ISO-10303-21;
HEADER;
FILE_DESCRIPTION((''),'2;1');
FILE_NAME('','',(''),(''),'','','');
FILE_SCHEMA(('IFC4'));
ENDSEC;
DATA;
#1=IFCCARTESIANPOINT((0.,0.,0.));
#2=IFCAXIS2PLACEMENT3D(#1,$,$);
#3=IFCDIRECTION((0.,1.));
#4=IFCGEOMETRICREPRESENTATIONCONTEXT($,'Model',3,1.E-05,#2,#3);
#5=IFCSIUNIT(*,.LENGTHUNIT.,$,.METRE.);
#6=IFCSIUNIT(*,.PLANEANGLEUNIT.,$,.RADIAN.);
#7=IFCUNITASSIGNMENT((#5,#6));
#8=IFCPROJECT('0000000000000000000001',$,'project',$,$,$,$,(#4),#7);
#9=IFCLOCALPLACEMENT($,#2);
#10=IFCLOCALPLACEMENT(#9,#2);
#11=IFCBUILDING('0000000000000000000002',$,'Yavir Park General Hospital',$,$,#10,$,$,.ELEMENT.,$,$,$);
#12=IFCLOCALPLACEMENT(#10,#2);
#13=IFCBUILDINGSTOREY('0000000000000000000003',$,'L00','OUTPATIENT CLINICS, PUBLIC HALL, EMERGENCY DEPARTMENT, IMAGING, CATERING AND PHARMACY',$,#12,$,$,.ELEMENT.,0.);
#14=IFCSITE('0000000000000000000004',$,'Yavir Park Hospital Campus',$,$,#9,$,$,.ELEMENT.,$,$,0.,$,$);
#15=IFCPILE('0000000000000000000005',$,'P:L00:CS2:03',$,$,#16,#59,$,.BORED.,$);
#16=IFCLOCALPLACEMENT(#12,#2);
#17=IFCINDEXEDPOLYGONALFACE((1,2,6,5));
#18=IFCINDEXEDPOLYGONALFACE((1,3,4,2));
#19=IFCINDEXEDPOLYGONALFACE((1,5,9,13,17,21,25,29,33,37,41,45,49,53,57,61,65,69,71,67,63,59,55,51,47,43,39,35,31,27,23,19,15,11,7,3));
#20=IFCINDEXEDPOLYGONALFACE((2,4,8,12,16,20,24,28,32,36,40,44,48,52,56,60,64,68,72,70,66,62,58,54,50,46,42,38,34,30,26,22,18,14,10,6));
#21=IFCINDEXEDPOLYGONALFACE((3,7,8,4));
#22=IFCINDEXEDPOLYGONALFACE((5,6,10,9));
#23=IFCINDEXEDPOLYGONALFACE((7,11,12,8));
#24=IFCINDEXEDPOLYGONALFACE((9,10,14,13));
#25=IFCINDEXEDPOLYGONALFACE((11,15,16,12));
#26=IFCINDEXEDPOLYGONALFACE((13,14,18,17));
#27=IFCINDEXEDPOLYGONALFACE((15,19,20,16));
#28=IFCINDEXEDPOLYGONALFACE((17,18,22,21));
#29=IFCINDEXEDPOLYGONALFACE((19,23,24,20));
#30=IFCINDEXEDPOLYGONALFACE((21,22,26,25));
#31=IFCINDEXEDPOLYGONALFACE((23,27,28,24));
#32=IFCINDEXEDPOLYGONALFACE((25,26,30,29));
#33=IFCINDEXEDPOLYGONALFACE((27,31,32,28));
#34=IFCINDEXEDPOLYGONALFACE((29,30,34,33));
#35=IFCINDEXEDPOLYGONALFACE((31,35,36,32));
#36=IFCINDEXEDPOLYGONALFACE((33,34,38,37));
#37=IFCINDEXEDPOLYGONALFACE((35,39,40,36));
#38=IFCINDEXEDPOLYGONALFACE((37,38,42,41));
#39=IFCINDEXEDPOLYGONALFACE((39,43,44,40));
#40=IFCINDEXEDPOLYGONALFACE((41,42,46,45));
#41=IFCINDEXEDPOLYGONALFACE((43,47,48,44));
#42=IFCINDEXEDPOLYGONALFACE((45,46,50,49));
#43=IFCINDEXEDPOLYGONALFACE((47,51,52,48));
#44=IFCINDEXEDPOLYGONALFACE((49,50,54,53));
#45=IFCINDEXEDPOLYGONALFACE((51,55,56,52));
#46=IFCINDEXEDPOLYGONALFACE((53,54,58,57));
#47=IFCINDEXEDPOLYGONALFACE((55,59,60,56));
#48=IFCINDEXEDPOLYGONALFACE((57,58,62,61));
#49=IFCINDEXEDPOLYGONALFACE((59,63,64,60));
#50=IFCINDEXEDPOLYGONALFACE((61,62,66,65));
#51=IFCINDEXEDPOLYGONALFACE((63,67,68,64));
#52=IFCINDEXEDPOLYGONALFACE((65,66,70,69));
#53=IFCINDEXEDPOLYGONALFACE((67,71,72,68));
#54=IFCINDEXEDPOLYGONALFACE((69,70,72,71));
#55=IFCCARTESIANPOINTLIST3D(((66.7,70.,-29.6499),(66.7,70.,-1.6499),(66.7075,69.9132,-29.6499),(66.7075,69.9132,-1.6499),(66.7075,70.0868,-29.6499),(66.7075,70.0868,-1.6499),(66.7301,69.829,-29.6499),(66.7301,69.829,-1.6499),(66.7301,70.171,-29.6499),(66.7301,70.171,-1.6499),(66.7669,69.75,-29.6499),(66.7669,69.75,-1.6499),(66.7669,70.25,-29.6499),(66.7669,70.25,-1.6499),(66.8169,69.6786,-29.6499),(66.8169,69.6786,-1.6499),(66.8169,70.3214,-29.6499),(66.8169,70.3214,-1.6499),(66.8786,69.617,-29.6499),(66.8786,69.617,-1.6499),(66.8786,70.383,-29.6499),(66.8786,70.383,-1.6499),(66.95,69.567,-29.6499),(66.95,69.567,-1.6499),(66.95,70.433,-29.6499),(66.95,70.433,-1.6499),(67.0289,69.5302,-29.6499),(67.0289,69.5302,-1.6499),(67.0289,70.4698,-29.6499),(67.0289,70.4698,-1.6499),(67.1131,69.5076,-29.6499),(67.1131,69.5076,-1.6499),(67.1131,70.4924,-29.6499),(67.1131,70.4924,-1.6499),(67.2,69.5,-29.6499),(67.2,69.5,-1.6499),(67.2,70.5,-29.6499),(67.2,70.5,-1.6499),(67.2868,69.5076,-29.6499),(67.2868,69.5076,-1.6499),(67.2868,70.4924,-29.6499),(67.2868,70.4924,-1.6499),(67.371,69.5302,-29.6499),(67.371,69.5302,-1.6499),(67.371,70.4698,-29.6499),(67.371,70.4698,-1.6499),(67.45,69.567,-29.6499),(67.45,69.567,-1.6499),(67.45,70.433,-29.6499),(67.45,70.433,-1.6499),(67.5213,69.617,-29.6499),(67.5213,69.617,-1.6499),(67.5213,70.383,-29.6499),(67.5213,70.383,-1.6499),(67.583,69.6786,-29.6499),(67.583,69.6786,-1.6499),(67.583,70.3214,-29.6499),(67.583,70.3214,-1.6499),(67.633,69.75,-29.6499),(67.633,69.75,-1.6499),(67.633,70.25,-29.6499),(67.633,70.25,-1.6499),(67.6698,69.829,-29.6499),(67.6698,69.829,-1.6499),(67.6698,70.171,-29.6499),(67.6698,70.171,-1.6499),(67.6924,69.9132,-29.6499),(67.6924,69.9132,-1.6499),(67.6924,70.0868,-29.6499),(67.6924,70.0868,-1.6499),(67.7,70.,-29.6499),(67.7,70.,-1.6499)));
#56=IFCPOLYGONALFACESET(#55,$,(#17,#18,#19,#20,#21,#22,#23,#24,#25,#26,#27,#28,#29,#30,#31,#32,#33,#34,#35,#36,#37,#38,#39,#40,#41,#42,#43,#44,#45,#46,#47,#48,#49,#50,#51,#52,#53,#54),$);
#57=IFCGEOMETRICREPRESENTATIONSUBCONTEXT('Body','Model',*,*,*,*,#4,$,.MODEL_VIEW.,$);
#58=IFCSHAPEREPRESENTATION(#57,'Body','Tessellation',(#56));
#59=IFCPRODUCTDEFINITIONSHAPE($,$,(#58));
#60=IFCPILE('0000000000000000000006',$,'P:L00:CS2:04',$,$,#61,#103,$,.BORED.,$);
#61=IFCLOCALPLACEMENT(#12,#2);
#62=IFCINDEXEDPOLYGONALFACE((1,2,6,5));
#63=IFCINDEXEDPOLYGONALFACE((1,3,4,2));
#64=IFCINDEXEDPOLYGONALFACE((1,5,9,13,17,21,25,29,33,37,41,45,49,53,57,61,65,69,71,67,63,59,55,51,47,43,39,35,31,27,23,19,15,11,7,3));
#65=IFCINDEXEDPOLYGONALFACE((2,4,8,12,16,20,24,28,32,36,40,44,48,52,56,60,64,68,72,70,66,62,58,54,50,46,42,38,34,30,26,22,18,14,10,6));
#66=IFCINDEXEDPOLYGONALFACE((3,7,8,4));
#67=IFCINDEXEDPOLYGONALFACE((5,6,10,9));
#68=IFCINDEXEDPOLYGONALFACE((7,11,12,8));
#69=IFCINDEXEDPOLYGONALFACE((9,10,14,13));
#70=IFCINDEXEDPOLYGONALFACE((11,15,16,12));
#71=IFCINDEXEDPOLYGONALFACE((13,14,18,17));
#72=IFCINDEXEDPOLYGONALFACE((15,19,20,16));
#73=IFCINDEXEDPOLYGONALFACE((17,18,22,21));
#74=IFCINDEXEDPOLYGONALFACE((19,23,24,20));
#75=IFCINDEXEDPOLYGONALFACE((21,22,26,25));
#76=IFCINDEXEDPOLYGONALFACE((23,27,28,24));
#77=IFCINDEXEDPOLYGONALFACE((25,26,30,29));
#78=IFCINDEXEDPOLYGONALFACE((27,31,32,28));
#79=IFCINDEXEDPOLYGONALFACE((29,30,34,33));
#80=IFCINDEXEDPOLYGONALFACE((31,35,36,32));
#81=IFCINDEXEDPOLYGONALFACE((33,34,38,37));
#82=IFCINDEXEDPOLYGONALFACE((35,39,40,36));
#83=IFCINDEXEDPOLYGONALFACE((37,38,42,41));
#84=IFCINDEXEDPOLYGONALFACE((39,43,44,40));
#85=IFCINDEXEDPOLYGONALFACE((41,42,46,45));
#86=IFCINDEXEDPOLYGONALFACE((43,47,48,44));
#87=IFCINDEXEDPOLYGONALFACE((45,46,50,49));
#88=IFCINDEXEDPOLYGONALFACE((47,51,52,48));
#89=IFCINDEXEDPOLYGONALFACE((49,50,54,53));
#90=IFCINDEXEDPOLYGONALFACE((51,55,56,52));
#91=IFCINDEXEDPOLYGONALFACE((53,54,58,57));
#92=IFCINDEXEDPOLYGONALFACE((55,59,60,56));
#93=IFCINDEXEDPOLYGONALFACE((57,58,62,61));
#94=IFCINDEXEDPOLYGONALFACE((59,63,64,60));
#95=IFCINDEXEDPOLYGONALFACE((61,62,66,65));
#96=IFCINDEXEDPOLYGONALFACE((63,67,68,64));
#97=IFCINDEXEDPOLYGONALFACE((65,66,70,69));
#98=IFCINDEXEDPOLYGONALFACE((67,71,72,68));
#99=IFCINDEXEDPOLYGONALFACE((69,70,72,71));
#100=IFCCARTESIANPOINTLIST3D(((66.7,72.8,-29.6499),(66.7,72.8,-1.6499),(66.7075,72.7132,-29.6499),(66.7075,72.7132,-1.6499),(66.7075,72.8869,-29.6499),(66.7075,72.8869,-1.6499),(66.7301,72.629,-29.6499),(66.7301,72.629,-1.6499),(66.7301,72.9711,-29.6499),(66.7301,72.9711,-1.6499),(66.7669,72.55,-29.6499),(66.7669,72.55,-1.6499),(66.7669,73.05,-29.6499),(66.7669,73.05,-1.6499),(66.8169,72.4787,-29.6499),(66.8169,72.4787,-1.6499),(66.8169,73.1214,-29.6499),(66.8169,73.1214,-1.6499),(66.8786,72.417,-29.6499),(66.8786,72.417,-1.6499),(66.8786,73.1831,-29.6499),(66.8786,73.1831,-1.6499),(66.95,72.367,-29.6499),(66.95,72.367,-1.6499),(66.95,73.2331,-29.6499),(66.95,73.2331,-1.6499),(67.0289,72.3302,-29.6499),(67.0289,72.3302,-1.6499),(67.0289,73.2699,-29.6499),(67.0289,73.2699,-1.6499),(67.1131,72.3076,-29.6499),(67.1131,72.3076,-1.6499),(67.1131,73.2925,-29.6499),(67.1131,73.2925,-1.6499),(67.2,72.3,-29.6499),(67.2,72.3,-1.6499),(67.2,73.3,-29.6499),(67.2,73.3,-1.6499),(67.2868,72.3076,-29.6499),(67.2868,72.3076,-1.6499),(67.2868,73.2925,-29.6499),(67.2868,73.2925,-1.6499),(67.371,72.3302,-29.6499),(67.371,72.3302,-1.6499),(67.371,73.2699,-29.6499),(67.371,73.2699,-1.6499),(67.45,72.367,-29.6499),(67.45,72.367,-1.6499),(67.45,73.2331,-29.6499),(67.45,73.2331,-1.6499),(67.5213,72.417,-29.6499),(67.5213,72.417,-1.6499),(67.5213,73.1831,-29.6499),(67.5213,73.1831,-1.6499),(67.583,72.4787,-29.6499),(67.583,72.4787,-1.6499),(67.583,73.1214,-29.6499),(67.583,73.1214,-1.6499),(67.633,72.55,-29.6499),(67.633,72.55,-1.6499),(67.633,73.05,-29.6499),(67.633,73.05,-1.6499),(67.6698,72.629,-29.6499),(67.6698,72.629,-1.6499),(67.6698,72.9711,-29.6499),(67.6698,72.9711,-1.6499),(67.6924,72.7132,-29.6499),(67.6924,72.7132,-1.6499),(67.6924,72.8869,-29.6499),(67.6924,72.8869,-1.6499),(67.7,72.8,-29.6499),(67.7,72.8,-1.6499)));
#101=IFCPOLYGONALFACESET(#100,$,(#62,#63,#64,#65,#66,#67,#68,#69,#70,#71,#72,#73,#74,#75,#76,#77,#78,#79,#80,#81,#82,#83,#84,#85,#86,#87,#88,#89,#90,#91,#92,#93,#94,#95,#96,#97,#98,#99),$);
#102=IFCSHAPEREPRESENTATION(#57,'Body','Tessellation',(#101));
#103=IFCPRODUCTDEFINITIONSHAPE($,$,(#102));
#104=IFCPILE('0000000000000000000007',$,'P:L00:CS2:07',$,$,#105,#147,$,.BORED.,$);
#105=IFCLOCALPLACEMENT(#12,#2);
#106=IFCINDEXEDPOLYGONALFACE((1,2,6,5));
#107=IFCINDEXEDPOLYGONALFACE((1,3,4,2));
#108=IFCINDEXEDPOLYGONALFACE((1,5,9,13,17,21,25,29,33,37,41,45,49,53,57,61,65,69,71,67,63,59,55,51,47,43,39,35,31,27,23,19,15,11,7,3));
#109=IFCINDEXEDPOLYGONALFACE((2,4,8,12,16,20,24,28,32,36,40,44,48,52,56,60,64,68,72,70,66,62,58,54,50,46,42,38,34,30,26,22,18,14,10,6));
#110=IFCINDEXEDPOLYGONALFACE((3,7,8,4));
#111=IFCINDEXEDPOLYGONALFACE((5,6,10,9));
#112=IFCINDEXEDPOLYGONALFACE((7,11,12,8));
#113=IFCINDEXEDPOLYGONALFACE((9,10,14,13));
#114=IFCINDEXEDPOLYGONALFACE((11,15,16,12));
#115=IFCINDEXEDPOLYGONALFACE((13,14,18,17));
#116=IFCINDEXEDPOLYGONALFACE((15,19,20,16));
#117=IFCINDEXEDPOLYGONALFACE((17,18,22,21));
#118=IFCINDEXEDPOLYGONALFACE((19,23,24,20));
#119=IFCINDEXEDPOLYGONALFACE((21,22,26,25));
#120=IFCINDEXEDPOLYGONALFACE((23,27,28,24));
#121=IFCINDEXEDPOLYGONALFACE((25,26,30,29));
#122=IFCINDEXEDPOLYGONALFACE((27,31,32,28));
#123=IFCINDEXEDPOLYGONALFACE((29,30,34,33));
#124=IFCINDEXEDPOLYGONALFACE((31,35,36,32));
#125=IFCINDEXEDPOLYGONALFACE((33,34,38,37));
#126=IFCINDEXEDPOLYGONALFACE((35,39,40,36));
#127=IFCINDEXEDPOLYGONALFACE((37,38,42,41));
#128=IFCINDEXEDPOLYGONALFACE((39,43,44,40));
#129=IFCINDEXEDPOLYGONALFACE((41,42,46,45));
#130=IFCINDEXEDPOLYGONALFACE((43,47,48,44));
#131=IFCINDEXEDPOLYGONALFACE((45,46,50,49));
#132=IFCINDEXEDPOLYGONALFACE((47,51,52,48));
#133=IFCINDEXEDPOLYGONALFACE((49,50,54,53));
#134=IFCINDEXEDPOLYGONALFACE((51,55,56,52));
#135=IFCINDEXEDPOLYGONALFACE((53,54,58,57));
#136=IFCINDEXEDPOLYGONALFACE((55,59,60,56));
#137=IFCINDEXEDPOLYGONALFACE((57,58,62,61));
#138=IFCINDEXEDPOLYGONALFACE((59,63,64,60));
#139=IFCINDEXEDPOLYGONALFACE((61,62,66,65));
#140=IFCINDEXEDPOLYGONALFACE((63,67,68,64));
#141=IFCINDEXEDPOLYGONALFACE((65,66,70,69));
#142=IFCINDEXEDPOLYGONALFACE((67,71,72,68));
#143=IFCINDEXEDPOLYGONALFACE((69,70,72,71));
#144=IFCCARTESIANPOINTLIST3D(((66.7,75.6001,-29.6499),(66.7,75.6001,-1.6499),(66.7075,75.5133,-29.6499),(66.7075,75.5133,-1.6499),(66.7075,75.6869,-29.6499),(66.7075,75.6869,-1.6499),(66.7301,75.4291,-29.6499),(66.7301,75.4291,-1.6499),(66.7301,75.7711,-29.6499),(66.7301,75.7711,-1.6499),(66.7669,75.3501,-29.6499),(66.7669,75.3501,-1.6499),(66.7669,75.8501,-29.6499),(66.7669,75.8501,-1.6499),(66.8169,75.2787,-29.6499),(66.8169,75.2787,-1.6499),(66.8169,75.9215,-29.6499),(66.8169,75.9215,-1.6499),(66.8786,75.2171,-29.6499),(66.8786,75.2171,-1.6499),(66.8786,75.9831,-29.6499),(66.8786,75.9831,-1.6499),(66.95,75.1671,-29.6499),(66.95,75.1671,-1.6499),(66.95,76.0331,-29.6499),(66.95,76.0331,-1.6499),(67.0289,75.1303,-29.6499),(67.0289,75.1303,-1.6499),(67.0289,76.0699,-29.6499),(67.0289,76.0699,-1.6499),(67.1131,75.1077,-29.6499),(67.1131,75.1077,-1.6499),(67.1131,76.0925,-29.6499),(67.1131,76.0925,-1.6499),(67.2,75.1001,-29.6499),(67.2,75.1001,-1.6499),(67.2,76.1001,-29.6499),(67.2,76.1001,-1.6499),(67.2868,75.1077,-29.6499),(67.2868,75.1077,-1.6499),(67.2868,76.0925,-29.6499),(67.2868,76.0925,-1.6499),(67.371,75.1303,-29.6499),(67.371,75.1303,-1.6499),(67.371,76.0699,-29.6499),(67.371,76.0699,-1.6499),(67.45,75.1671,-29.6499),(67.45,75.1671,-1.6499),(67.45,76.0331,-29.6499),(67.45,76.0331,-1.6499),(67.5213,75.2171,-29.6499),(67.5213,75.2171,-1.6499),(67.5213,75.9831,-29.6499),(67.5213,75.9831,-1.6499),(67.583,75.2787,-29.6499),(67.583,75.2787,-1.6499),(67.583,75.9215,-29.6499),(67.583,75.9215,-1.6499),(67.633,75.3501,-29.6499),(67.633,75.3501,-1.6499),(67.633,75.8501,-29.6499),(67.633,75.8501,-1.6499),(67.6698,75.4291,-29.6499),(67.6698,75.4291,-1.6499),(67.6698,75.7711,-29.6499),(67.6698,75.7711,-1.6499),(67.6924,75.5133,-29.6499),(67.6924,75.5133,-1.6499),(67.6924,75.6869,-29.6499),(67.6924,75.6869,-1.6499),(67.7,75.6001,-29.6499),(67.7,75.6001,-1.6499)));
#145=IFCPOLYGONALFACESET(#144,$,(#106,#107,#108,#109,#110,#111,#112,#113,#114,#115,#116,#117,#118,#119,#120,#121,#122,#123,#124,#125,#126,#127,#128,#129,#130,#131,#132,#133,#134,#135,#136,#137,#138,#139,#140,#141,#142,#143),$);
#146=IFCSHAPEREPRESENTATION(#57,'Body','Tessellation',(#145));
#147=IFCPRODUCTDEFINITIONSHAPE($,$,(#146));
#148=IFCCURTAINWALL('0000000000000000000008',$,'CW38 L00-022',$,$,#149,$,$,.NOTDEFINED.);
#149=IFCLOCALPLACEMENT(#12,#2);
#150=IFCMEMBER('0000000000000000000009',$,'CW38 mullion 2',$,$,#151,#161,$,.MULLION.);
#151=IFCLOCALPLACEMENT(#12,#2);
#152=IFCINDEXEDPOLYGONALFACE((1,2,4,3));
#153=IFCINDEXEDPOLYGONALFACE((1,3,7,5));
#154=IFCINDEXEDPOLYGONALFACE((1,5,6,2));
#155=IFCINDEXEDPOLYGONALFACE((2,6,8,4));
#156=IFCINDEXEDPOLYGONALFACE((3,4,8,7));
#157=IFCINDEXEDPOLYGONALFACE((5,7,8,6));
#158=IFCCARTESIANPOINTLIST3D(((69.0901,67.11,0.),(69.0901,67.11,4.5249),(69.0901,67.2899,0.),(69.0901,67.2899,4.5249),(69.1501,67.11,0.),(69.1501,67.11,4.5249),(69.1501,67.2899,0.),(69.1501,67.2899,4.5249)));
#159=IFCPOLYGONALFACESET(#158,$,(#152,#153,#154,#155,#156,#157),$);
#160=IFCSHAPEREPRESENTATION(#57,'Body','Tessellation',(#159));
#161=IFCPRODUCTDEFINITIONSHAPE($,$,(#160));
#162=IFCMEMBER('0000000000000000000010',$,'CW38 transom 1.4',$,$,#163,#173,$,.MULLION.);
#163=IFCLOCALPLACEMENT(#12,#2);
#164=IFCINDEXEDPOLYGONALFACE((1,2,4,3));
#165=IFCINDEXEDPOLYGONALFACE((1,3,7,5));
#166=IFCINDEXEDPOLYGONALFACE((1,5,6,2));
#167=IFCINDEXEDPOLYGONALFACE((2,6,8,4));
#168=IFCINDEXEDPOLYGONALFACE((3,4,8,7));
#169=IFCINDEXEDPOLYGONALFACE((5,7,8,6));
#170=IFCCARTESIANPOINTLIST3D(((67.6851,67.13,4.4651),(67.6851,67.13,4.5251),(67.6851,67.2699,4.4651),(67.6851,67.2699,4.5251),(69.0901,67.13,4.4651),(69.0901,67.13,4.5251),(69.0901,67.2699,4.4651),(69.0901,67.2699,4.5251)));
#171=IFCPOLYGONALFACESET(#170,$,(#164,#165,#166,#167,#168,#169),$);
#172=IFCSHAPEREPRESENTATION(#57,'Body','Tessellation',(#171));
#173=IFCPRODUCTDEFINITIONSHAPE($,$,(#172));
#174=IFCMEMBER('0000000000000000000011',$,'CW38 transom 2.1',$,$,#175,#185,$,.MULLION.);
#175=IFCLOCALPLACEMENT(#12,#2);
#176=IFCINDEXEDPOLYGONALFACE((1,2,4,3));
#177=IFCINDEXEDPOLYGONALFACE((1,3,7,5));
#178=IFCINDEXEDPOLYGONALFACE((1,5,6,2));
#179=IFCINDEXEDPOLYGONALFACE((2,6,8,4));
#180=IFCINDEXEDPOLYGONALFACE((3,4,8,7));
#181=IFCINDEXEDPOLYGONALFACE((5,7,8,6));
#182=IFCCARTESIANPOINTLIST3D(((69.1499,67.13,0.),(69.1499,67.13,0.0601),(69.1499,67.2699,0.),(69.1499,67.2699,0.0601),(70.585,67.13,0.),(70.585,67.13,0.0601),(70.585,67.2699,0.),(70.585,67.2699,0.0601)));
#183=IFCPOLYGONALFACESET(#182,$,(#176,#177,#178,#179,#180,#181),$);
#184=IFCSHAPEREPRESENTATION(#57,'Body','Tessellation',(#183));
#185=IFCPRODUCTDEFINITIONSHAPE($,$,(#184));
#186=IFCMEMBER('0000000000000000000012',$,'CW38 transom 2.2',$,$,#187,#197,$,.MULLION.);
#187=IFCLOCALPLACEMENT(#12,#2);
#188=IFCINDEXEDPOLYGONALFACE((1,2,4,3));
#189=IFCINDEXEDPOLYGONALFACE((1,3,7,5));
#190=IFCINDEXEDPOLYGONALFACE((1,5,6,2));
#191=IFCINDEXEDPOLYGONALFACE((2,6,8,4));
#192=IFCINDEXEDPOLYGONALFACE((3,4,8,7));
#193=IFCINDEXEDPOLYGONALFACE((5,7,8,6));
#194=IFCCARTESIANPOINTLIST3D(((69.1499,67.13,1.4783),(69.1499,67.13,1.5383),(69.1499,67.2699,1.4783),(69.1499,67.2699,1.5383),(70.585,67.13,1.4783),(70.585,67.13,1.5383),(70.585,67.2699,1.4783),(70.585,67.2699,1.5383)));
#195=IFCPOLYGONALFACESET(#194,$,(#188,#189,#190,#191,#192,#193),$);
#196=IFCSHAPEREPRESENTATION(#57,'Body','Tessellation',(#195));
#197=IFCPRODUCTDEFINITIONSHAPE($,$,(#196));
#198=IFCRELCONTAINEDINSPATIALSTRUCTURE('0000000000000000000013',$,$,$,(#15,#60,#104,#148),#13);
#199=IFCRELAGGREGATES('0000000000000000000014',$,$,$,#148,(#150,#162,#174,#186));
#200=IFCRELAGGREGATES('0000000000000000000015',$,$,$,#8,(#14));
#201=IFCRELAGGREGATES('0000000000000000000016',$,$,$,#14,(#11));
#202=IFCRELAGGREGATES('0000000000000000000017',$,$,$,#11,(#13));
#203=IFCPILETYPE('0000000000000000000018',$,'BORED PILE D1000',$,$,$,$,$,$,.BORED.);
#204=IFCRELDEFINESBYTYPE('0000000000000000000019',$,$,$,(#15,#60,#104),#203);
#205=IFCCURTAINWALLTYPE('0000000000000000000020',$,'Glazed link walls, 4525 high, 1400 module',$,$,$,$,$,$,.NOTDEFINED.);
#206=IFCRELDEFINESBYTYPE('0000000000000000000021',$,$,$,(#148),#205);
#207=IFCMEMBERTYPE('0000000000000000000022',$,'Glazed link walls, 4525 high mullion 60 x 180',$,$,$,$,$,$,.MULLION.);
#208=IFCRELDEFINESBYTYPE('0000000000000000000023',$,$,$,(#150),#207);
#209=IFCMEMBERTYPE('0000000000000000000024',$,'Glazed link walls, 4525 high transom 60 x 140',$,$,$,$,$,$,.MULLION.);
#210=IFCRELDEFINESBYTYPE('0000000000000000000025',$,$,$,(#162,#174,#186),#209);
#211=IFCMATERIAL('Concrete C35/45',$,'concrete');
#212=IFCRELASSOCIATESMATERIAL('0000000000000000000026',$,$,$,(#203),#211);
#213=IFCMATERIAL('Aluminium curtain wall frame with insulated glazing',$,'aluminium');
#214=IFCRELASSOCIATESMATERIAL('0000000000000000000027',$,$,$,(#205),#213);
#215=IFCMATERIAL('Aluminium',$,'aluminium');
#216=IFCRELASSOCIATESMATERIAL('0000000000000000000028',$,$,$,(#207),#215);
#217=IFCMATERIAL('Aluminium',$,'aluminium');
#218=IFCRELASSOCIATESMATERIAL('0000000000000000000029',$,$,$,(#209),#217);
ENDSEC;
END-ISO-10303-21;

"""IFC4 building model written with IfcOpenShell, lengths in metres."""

from ifc_helpers import new_model, si_unit, direction, frame, origin, origin_2d, place, context, subcontext, project, spatial, rectangle, circle, extrude, material, material_profile, profile_set, type_object, element, aggregate, save


model = new_model("IFC4")

# Units and contexts
model_context = context("Model", 3, precision=1e-05, world=origin(), true_north=direction((0.0, 1.0)))
body_context = subcontext(model_context, "Body", "Model", "MODEL_VIEW")
ifc_project = project(units=[si_unit("LENGTHUNIT", "METRE"), si_unit("PLANEANGLEUNIT", "RADIAN")], contexts=[model_context])

# Site, building, storey
site_placement = place(None, origin())
site = spatial("IfcSite", under=ifc_project, at=site_placement, Name="Yavir Park Hospital Campus", CompositionType="ELEMENT", RefElevation=0.0)
building_placement = place(site_placement, origin())
building = spatial("IfcBuilding", under=site, at=building_placement, Name="Yavir Park General Hospital", CompositionType="ELEMENT")
storey_placement = place(building_placement, origin())
storey = spatial("IfcBuildingStorey", under=building, at=storey_placement, Name="L00", Description="OUTPATIENT CLINICS, PUBLIC HALL, EMERGENCY DEPARTMENT, IMAGING, CATERING AND PHARMACY", CompositionType="ELEMENT", Elevation=0.0)

# Piles
ifc_material_1 = material(Name="Concrete C35/45", Category="concrete")
ifc_material_profile_1 = material_profile(ifc_material_1, circle(Radius=0.5, at=origin_2d()), Name="D1000")
ifc_profile_set_1 = profile_set([ifc_material_profile_1], Name="Concrete C35/45")
pile_type = type_object("IfcPileType", Name="BORED PILE D1000", PredefinedType="BORED", material=ifc_profile_set_1)
for number, where, z_axis, x_axis, name in (
    (1, (67.2, 70.0, -1.6499), (0.0, 0.0, -1.0), (1.0, 0.0, 0.0), "P:L00:CS2:03"),
    (2, (67.2, 72.8, -1.6499), (0.0, 0.0, -1.0), (1.0, 0.0, 0.0), "P:L00:CS2:04"),
    (3, (67.2, 75.6001, -1.6499), (0.0, 0.0, -1.0), (1.0, 0.0, 0.0), "P:L00:CS2:07"),
):
    element("IfcPile", number, at=place(storey_placement, frame(where, z_axis=z_axis, x_axis=x_axis)), inside=storey, type_object=pile_type, Name=name, PredefinedType="BORED", context=body_context, shape_type="SweptSolid", body=[
        extrude(circle(Radius=0.5, at=origin_2d()), origin(), (0.0, 0.0, 1.0), 28.0),
    ])

# Curtain wall, members
ifc_material_2 = material(Name="Aluminium curtain wall frame with insulated glazing", Category="aluminium")
curtain_wall_type_1 = type_object("IfcCurtainWallType", Name="Glazed link walls, 4525 high, 1400 module", PredefinedType="NOTDEFINED", material=ifc_material_2)
curtain_wall_1_placement = place(storey_placement, origin())
curtain_wall_1 = element("IfcCurtainWall", 4, at=curtain_wall_1_placement, inside=storey, type_object=curtain_wall_type_1, Name="CW38 L00-022", PredefinedType="NOTDEFINED")
ifc_material_3 = material(Name="Aluminium", Category="aluminium")
ifc_material_profile_2 = material_profile(ifc_material_3, rectangle(XDim=0.1799, YDim=0.0601, at=origin_2d()), Name="AL 60x180")
ifc_profile_set_2 = profile_set([ifc_material_profile_2], Name="Aluminium")
member_type_1 = type_object("IfcMemberType", Name="Glazed link walls, 4525 high mullion 60 x 180", PredefinedType="MULLION", material=ifc_profile_set_2)
member_1_placement = place(storey_placement, frame((69.1201, 67.2, 0.0), z_axis=(0.0, 0.0, 1.0), x_axis=(0.0, 1.0, 0.0)))
member_1 = element("IfcMember", 5, at=member_1_placement, type_object=member_type_1, Name="CW38 mullion 2", PredefinedType="MULLION", context=body_context, shape_type="SweptSolid", body=[
    extrude(rectangle(XDim=0.1799, YDim=0.0601, at=origin_2d()), origin(), (0.0, 0.0, 1.0), 4.5249),
])
ifc_material_4 = material(Name="Aluminium", Category="aluminium")
ifc_material_profile_3 = material_profile(ifc_material_4, rectangle(XDim=0.1399, YDim=0.0601, at=origin_2d()), Name="AL 140x60")
ifc_profile_set_3 = profile_set([ifc_material_profile_3], Name="Aluminium")
member_type_2 = type_object("IfcMemberType", Name="Glazed link walls, 4525 high transom 60 x 140", PredefinedType="MULLION", material=ifc_profile_set_3)
member_2_placement = place(storey_placement, frame((67.6851, 67.2, 4.4951), z_axis=(1.0, 0.0, 0.0), x_axis=(0.0, 1.0, 0.0)))
member_2 = element("IfcMember", 6, at=member_2_placement, type_object=member_type_2, Name="CW38 transom 1.4", PredefinedType="MULLION", context=body_context, shape_type="SweptSolid", body=[
    extrude(rectangle(XDim=0.1399, YDim=0.0601, at=origin_2d()), origin(), (0.0, 0.0, 1.0), 1.405),
])
member_3_placement = place(storey_placement, frame((69.1499, 67.2, 0.03), z_axis=(1.0, 0.0, 0.0), x_axis=(0.0, 1.0, 0.0)))
member_3 = element("IfcMember", 7, at=member_3_placement, type_object=member_type_2, Name="CW38 transom 2.1", PredefinedType="MULLION", context=body_context, shape_type="SweptSolid", body=[
    extrude(rectangle(XDim=0.1399, YDim=0.0601, at=origin_2d()), origin(), (0.0, 0.0, 1.0), 1.4351),
])
member_4_placement = place(storey_placement, frame((69.1499, 67.2, 1.5083), z_axis=(1.0, 0.0, 0.0), x_axis=(0.0, 1.0, 0.0)))
member_4 = element("IfcMember", 8, at=member_4_placement, type_object=member_type_2, Name="CW38 transom 2.2", PredefinedType="MULLION", context=body_context, shape_type="SweptSolid", body=[
    extrude(rectangle(XDim=0.1399, YDim=0.0601, at=origin_2d()), origin(), (0.0, 0.0, 1.0), 1.4351),
])

aggregate(curtain_wall_1, [member_1, member_2, member_3, member_4])

save(model, "model.ifc")
